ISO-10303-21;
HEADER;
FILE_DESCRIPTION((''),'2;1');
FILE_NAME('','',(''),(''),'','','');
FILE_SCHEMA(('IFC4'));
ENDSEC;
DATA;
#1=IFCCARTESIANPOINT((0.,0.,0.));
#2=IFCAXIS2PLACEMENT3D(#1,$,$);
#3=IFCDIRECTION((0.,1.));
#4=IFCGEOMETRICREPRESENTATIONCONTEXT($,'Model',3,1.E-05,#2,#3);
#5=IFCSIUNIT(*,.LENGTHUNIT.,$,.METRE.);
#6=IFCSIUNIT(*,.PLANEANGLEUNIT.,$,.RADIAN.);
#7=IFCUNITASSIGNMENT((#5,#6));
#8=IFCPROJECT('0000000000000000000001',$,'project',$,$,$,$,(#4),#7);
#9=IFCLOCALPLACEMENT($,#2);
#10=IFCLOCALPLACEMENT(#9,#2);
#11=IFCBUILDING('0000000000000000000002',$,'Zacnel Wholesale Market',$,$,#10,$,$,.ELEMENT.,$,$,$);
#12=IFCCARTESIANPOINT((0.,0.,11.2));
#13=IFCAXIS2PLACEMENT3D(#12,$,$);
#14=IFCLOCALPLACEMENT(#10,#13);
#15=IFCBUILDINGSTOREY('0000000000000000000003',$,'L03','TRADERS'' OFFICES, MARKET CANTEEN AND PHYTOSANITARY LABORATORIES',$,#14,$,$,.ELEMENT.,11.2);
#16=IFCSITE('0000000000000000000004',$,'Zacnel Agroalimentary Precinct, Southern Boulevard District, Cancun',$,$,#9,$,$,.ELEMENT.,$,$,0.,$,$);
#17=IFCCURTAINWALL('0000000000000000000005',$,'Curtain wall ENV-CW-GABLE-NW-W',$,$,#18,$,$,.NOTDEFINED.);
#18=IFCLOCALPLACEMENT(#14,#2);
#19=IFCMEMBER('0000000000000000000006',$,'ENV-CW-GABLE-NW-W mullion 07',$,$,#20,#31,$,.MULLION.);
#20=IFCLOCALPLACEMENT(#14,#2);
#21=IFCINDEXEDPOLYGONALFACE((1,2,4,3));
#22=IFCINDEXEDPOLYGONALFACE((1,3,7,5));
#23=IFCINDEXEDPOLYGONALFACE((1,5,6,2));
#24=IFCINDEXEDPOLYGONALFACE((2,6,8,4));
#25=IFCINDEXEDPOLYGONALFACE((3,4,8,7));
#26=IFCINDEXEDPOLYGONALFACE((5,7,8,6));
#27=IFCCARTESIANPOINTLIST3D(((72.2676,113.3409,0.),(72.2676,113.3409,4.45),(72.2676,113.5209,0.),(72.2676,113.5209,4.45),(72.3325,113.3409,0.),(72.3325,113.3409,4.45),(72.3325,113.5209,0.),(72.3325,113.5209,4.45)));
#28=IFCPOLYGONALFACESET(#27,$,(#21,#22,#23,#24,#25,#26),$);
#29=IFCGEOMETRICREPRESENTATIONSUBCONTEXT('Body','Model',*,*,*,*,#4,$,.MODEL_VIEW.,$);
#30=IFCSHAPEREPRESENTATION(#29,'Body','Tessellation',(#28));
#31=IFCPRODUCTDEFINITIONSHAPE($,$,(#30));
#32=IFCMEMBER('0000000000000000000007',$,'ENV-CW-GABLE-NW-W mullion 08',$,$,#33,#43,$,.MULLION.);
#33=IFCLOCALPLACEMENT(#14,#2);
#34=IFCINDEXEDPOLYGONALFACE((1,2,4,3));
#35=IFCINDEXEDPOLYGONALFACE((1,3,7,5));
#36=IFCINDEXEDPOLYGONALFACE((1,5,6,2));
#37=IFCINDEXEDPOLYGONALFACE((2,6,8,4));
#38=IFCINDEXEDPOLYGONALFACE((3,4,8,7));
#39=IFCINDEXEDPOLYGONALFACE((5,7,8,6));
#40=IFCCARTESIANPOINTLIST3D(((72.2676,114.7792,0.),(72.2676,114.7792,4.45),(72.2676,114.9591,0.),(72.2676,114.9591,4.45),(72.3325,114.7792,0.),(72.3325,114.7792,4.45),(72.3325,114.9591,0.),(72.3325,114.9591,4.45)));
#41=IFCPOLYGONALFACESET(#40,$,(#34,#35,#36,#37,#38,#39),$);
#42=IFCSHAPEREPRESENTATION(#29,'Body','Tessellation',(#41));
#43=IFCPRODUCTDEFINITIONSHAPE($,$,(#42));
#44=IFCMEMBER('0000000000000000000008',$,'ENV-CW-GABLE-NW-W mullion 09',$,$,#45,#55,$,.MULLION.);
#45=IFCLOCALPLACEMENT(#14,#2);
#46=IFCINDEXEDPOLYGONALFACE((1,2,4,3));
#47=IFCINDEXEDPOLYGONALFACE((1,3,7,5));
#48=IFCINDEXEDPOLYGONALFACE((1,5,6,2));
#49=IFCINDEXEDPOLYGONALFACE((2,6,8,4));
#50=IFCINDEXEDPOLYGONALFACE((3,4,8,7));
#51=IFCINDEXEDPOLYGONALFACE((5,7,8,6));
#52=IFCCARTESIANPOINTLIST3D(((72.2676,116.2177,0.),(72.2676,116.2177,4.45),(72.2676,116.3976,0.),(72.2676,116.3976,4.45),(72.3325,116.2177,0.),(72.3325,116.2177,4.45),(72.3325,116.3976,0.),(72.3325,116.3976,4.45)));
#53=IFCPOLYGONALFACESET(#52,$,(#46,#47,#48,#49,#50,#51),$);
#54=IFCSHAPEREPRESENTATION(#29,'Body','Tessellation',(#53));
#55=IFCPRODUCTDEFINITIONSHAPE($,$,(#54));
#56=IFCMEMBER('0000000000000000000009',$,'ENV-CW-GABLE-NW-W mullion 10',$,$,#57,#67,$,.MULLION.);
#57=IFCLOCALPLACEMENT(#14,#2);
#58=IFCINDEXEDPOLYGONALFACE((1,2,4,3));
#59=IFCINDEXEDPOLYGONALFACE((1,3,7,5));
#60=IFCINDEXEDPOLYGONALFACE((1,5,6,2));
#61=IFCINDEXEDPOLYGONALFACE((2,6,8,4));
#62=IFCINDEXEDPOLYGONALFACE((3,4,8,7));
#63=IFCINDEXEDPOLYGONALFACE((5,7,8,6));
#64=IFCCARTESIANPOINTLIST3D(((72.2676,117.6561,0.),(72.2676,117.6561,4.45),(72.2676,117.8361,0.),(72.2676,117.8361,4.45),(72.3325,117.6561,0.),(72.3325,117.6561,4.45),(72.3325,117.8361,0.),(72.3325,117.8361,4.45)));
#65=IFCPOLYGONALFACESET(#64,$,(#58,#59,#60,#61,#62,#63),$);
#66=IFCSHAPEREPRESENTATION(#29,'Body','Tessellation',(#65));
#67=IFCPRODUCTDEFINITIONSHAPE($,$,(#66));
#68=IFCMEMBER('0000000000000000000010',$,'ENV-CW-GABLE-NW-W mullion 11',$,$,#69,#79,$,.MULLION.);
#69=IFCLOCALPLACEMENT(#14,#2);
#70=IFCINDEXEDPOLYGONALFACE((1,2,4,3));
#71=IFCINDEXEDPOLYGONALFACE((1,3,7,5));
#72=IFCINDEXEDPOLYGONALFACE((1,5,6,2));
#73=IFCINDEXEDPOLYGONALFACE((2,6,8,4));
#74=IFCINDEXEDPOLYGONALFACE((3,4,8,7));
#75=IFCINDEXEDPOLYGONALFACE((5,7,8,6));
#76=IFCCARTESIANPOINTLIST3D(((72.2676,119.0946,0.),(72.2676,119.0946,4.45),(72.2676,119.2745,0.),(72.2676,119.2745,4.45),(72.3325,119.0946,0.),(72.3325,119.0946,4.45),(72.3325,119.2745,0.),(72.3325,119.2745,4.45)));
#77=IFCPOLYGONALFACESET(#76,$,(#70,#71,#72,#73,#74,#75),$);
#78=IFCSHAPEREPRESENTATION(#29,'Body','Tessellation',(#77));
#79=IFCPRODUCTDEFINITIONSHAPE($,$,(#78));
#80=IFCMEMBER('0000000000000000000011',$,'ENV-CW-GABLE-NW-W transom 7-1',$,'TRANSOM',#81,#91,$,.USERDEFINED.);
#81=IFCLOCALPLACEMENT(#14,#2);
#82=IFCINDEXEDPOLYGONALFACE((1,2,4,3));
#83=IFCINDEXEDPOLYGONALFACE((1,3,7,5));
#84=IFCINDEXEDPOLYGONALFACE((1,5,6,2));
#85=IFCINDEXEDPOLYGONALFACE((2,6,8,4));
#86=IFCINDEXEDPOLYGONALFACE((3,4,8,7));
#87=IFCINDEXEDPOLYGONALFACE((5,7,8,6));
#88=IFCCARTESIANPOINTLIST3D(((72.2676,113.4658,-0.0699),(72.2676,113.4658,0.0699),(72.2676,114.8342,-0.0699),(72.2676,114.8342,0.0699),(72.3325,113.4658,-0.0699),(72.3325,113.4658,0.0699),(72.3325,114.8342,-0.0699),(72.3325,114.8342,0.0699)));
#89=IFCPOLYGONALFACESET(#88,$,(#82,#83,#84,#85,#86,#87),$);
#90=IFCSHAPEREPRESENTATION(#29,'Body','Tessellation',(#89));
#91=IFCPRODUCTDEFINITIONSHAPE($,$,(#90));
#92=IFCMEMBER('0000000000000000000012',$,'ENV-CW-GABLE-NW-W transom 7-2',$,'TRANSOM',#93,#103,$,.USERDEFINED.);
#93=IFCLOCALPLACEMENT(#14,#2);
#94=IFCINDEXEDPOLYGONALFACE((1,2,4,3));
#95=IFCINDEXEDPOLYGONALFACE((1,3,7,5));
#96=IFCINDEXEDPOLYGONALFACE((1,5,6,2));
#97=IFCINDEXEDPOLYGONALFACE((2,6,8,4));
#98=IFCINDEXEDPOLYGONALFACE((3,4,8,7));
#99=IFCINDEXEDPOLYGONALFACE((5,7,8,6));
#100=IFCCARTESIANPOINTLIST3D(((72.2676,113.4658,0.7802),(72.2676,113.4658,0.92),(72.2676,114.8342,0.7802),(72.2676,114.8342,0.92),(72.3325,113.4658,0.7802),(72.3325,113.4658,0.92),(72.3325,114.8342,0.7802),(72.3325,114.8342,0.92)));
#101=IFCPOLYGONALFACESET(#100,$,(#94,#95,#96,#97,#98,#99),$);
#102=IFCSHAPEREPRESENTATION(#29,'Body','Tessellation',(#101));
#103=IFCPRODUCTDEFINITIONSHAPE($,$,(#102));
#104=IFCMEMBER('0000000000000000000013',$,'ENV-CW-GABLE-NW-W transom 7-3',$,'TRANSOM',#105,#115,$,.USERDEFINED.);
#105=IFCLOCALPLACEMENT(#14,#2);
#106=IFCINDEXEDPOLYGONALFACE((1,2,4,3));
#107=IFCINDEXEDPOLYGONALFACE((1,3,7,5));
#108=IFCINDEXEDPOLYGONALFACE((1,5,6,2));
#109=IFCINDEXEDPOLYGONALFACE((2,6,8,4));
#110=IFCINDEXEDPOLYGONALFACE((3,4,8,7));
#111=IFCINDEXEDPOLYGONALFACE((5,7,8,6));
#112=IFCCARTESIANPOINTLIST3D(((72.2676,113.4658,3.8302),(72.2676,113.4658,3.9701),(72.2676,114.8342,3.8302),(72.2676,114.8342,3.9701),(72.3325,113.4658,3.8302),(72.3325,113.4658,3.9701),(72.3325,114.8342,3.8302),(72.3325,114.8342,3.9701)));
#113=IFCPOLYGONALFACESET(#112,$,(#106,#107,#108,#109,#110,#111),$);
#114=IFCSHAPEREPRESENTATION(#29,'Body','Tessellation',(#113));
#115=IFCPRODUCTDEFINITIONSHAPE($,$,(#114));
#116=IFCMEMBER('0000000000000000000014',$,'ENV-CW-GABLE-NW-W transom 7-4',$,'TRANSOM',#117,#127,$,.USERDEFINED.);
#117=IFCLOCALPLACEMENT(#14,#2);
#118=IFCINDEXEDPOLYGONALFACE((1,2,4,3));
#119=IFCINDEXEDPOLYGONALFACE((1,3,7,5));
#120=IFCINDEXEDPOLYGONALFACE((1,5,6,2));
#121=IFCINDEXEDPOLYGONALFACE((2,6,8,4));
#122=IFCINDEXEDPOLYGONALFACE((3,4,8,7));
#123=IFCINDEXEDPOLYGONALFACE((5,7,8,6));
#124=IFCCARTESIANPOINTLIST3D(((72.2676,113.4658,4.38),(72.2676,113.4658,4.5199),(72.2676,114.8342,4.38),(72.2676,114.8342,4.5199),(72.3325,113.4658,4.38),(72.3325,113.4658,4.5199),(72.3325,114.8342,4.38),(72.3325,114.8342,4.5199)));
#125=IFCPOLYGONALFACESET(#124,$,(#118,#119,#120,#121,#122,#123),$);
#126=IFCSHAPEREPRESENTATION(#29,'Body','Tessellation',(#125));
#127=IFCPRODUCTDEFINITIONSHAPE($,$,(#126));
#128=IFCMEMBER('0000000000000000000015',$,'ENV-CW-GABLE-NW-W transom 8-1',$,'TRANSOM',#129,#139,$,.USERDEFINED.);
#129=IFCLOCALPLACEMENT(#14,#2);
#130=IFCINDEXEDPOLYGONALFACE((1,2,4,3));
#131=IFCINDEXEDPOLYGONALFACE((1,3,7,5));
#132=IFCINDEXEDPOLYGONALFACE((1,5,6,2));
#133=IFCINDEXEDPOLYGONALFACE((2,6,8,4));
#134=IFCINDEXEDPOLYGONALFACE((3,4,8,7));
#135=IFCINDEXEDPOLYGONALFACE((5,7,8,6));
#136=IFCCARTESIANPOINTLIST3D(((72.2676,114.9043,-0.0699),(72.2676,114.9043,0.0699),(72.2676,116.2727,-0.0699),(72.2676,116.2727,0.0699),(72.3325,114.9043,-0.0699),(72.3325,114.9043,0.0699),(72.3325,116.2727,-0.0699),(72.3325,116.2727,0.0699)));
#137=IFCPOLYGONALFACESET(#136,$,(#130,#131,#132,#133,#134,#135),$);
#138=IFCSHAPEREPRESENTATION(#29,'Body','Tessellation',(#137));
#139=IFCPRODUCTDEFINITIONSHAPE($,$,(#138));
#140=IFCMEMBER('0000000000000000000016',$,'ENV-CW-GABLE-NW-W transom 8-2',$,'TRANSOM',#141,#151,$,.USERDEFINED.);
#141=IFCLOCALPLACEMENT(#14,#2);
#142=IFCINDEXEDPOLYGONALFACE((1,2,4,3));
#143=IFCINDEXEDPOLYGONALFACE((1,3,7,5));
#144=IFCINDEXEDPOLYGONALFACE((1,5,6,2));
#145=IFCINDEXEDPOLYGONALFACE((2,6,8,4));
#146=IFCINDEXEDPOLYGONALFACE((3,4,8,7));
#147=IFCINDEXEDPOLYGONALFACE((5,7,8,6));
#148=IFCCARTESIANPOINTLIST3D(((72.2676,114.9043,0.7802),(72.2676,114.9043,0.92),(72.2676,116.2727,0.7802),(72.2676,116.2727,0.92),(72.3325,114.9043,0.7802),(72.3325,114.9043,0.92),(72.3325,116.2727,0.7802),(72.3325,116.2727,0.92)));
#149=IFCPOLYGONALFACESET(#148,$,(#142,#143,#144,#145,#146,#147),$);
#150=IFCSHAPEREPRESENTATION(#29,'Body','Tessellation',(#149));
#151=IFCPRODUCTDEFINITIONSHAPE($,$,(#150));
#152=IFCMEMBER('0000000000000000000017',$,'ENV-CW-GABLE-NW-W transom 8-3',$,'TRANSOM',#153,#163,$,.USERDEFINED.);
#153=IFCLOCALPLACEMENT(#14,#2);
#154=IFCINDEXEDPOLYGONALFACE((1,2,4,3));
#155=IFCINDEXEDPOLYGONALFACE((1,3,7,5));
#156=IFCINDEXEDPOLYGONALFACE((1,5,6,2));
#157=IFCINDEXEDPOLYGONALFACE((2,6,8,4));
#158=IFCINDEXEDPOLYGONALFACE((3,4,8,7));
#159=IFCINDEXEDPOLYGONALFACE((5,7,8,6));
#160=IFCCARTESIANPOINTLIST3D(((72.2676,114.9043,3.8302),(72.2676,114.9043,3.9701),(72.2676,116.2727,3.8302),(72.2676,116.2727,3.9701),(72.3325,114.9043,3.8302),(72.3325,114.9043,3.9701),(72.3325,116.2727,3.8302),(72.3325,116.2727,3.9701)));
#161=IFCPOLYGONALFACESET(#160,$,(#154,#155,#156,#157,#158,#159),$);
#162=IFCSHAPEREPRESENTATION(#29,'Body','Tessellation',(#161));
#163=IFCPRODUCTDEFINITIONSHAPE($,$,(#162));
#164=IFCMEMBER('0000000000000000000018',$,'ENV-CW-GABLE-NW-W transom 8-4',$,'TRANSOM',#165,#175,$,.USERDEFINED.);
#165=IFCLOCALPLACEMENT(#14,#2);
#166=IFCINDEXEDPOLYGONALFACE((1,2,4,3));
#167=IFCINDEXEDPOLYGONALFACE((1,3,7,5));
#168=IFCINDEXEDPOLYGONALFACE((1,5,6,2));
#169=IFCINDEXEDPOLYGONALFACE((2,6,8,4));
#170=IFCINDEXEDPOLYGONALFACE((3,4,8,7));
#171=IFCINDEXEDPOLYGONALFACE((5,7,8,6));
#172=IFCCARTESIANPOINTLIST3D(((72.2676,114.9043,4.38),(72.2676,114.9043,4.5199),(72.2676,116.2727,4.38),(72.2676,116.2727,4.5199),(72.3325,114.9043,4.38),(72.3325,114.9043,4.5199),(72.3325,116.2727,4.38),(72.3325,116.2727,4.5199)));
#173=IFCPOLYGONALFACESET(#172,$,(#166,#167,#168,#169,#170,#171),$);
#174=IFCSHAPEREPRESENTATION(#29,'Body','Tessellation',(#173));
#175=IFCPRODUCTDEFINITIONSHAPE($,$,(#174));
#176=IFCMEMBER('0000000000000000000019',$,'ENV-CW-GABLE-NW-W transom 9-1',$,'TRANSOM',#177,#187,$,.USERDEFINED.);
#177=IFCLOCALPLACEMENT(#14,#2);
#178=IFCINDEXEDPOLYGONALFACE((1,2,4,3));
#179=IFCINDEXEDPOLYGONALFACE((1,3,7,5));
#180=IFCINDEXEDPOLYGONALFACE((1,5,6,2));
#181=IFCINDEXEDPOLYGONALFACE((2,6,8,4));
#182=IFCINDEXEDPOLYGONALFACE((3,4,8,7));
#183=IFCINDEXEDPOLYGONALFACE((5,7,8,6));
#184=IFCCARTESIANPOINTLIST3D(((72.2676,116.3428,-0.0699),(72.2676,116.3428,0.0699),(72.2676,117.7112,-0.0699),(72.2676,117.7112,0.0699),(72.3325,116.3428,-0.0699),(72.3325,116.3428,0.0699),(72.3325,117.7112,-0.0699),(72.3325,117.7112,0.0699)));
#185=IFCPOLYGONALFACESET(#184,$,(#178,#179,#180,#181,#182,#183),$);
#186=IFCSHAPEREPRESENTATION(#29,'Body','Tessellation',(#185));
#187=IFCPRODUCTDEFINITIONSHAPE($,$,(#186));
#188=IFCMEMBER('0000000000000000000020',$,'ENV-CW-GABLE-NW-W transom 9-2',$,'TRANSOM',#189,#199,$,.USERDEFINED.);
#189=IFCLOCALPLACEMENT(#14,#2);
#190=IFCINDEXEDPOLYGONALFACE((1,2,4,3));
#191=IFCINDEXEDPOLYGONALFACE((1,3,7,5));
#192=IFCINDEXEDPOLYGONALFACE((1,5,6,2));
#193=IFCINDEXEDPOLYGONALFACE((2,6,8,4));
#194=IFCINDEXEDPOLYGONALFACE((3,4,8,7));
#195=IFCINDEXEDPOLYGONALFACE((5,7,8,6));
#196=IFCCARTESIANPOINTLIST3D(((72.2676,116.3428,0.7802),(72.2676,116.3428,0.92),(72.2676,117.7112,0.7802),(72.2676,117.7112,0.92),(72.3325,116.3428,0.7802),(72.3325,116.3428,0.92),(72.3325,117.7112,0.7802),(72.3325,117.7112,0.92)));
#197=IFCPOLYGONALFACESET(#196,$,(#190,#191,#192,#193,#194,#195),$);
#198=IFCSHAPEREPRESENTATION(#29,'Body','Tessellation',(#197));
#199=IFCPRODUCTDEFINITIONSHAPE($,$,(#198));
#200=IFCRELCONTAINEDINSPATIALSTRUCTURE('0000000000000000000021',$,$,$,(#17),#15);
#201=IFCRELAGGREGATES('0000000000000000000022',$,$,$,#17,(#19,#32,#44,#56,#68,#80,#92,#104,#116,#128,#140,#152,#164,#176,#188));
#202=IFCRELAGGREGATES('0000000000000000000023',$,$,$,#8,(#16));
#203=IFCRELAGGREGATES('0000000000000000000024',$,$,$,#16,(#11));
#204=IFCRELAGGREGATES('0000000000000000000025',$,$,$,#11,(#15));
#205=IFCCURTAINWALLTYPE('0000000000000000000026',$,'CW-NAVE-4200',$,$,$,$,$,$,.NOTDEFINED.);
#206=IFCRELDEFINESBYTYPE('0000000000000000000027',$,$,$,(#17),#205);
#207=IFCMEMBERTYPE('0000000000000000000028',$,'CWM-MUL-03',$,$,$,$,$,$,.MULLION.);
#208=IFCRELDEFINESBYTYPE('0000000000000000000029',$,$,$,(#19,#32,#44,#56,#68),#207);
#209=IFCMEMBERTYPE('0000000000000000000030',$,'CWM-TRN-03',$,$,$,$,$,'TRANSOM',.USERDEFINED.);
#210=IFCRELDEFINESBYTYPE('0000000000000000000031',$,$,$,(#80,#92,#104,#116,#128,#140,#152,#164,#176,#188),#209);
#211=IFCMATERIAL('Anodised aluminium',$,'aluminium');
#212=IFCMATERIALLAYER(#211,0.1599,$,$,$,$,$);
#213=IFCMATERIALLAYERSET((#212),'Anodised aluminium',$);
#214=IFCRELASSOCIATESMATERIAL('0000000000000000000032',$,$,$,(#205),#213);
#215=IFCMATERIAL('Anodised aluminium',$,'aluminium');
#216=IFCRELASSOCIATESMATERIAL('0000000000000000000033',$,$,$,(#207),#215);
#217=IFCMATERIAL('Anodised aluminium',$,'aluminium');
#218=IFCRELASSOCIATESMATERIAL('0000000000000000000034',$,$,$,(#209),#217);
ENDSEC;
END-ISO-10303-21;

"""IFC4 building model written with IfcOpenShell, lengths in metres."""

from ifc_helpers import new_model, si_unit, direction, frame, origin, origin_2d, place, context, subcontext, project, spatial, rectangle, extrude, material, layer, layer_set, material_profile, profile_set, type_object, element, aggregate, save


model = new_model("IFC4")

# Units and contexts
model_context = context("Model", 3, precision=1e-05, world=origin(), true_north=direction((0.0, 1.0)))
body_context = subcontext(model_context, "Body", "Model", "MODEL_VIEW")
ifc_project = project(units=[si_unit("LENGTHUNIT", "METRE"), si_unit("PLANEANGLEUNIT", "RADIAN")], contexts=[model_context])

# Site, building, storey
site_placement = place(None, origin())
site = spatial("IfcSite", under=ifc_project, at=site_placement, Name="Zacnel Agroalimentary Precinct, Southern Boulevard District, Cancun", CompositionType="ELEMENT", RefElevation=0.0)
building_placement = place(site_placement, origin())
building = spatial("IfcBuilding", under=site, at=building_placement, Name="Zacnel Wholesale Market", CompositionType="ELEMENT")
storey_placement = place(building_placement, frame((0.0, 0.0, 11.2)))
storey = spatial("IfcBuildingStorey", under=building, at=storey_placement, Name="L03", Description="TRADERS' OFFICES, MARKET CANTEEN AND PHYTOSANITARY LABORATORIES", CompositionType="ELEMENT", Elevation=11.2)

# Curtain wall, members
ifc_material_1 = material(Name="Anodised aluminium", Category="aluminium")
ifc_layer_1 = layer(ifc_material_1, 0.1599)
ifc_layer_set_1 = layer_set([ifc_layer_1], Name="Anodised aluminium")
curtain_wall_type = type_object("IfcCurtainWallType", Name="CW-NAVE-4200", PredefinedType="NOTDEFINED", material=ifc_layer_set_1)
curtain_wall_placement = place(storey_placement, origin())
curtain_wall = element("IfcCurtainWall", 1, at=curtain_wall_placement, inside=storey, type_object=curtain_wall_type, Name="Curtain wall ENV-CW-GABLE-NW-W", PredefinedType="NOTDEFINED")
ifc_material_2 = material(Name="Anodised aluminium", Category="aluminium")
ifc_material_profile_1 = material_profile(ifc_material_2, rectangle(XDim=0.0649, YDim=0.1799, at=origin_2d()), Name="AW-MULLION 65x180")
ifc_profile_set_1 = profile_set([ifc_material_profile_1], Name="Anodised aluminium")
member_type_1 = type_object("IfcMemberType", Name="CWM-MUL-03", PredefinedType="MULLION", material=ifc_profile_set_1)
member_1_placement = place(storey_placement, frame((72.3, 113.4309, 0.0), z_axis=(0.0, 0.0, 1.0), x_axis=(1.0, 0.0, 0.0)))
member_1 = element("IfcMember", 2, at=member_1_placement, type_object=member_type_1, Name="ENV-CW-GABLE-NW-W mullion 07", PredefinedType="MULLION", context=body_context, shape_type="SweptSolid", body=[
    extrude(rectangle(XDim=0.0649, YDim=0.1799, at=origin_2d()), origin(), (0.0, 0.0, 1.0), 4.45),
])
member_2_placement = place(storey_placement, frame((72.3, 114.8691, 0.0), z_axis=(0.0, 0.0, 1.0), x_axis=(1.0, 0.0, 0.0)))
member_2 = element("IfcMember", 3, at=member_2_placement, type_object=member_type_1, Name="ENV-CW-GABLE-NW-W mullion 08", PredefinedType="MULLION", context=body_context, shape_type="SweptSolid", body=[
    extrude(rectangle(XDim=0.0649, YDim=0.1799, at=origin_2d()), origin(), (0.0, 0.0, 1.0), 4.45),
])
member_3_placement = place(storey_placement, frame((72.3, 116.3076, 0.0), z_axis=(0.0, 0.0, 1.0), x_axis=(1.0, 0.0, 0.0)))
member_3 = element("IfcMember", 4, at=member_3_placement, type_object=member_type_1, Name="ENV-CW-GABLE-NW-W mullion 09", PredefinedType="MULLION", context=body_context, shape_type="SweptSolid", body=[
    extrude(rectangle(XDim=0.0649, YDim=0.1799, at=origin_2d()), origin(), (0.0, 0.0, 1.0), 4.45),
])
member_4_placement = place(storey_placement, frame((72.3, 117.7461, 0.0), z_axis=(0.0, 0.0, 1.0), x_axis=(1.0, 0.0, 0.0)))
member_4 = element("IfcMember", 5, at=member_4_placement, type_object=member_type_1, Name="ENV-CW-GABLE-NW-W mullion 10", PredefinedType="MULLION", context=body_context, shape_type="SweptSolid", body=[
    extrude(rectangle(XDim=0.0649, YDim=0.1799, at=origin_2d()), origin(), (0.0, 0.0, 1.0), 4.45),
])
member_5_placement = place(storey_placement, frame((72.3, 119.1846, 0.0), z_axis=(0.0, 0.0, 1.0), x_axis=(1.0, 0.0, 0.0)))
member_5 = element("IfcMember", 6, at=member_5_placement, type_object=member_type_1, Name="ENV-CW-GABLE-NW-W mullion 11", PredefinedType="MULLION", context=body_context, shape_type="SweptSolid", body=[
    extrude(rectangle(XDim=0.0649, YDim=0.1799, at=origin_2d()), origin(), (0.0, 0.0, 1.0), 4.45),
])
ifc_material_3 = material(Name="Anodised aluminium", Category="aluminium")
ifc_material_profile_2 = material_profile(ifc_material_3, rectangle(XDim=0.0649, YDim=0.1399, at=origin_2d()), Name="AW-TRANSOM 65x140")
ifc_profile_set_2 = profile_set([ifc_material_profile_2], Name="Anodised aluminium")
member_type_2 = type_object("IfcMemberType", Name="CWM-TRN-03", ElementType="TRANSOM", PredefinedType="USERDEFINED", material=ifc_profile_set_2)
member_6_placement = place(storey_placement, frame((72.3, 113.4658, 0.0), z_axis=(0.0, 1.0, 0.0), x_axis=(-1.0, 0.0, 0.0)))
member_6 = element("IfcMember", 7, at=member_6_placement, type_object=member_type_2, Name="ENV-CW-GABLE-NW-W transom 7-1", ObjectType="TRANSOM", PredefinedType="USERDEFINED", context=body_context, shape_type="SweptSolid", body=[
    extrude(rectangle(XDim=0.0649, YDim=0.1399, at=origin_2d()), origin(), (0.0, 0.0, 1.0), 1.3684),
])
member_7_placement = place(storey_placement, frame((72.3, 113.4658, 0.8501), z_axis=(0.0, 1.0, 0.0), x_axis=(-1.0, 0.0, 0.0)))
member_7 = element("IfcMember", 8, at=member_7_placement, type_object=member_type_2, Name="ENV-CW-GABLE-NW-W transom 7-2", ObjectType="TRANSOM", PredefinedType="USERDEFINED", context=body_context, shape_type="SweptSolid", body=[
    extrude(rectangle(XDim=0.0649, YDim=0.1399, at=origin_2d()), origin(), (0.0, 0.0, 1.0), 1.3684),
])
member_8_placement = place(storey_placement, frame((72.3, 113.4658, 3.9001), z_axis=(0.0, 1.0, 0.0), x_axis=(-1.0, 0.0, 0.0)))
member_8 = element("IfcMember", 9, at=member_8_placement, type_object=member_type_2, Name="ENV-CW-GABLE-NW-W transom 7-3", ObjectType="TRANSOM", PredefinedType="USERDEFINED", context=body_context, shape_type="SweptSolid", body=[
    extrude(rectangle(XDim=0.0649, YDim=0.1399, at=origin_2d()), origin(), (0.0, 0.0, 1.0), 1.3684),
])
member_9_placement = place(storey_placement, frame((72.3, 113.4658, 4.45), z_axis=(0.0, 1.0, 0.0), x_axis=(-1.0, 0.0, 0.0)))
member_9 = element("IfcMember", 10, at=member_9_placement, type_object=member_type_2, Name="ENV-CW-GABLE-NW-W transom 7-4", ObjectType="TRANSOM", PredefinedType="USERDEFINED", context=body_context, shape_type="SweptSolid", body=[
    extrude(rectangle(XDim=0.0649, YDim=0.1399, at=origin_2d()), origin(), (0.0, 0.0, 1.0), 1.3684),
])
member_10_placement = place(storey_placement, frame((72.3, 114.9043, 0.0), z_axis=(0.0, 1.0, 0.0), x_axis=(-1.0, 0.0, 0.0)))
member_10 = element("IfcMember", 11, at=member_10_placement, type_object=member_type_2, Name="ENV-CW-GABLE-NW-W transom 8-1", ObjectType="TRANSOM", PredefinedType="USERDEFINED", context=body_context, shape_type="SweptSolid", body=[
    extrude(rectangle(XDim=0.0649, YDim=0.1399, at=origin_2d()), origin(), (0.0, 0.0, 1.0), 1.3684),
])
member_11_placement = place(storey_placement, frame((72.3, 114.9043, 0.8501), z_axis=(0.0, 1.0, 0.0), x_axis=(-1.0, 0.0, 0.0)))
member_11 = element("IfcMember", 12, at=member_11_placement, type_object=member_type_2, Name="ENV-CW-GABLE-NW-W transom 8-2", ObjectType="TRANSOM", PredefinedType="USERDEFINED", context=body_context, shape_type="SweptSolid", body=[
    extrude(rectangle(XDim=0.0649, YDim=0.1399, at=origin_2d()), origin(), (0.0, 0.0, 1.0), 1.3684),
])
member_12_placement = place(storey_placement, frame((72.3, 114.9043, 3.9001), z_axis=(0.0, 1.0, 0.0), x_axis=(-1.0, 0.0, 0.0)))
member_12 = element("IfcMember", 13, at=member_12_placement, type_object=member_type_2, Name="ENV-CW-GABLE-NW-W transom 8-3", ObjectType="TRANSOM", PredefinedType="USERDEFINED", context=body_context, shape_type="SweptSolid", body=[
    extrude(rectangle(XDim=0.0649, YDim=0.1399, at=origin_2d()), origin(), (0.0, 0.0, 1.0), 1.3684),
])
member_13_placement = place(storey_placement, frame((72.3, 114.9043, 4.45), z_axis=(0.0, 1.0, 0.0), x_axis=(-1.0, 0.0, 0.0)))
member_13 = element("IfcMember", 14, at=member_13_placement, type_object=member_type_2, Name="ENV-CW-GABLE-NW-W transom 8-4", ObjectType="TRANSOM", PredefinedType="USERDEFINED", context=body_context, shape_type="SweptSolid", body=[
    extrude(rectangle(XDim=0.0649, YDim=0.1399, at=origin_2d()), origin(), (0.0, 0.0, 1.0), 1.3684),
])
member_14_placement = place(storey_placement, frame((72.3, 116.3428, 0.0), z_axis=(0.0, 1.0, 0.0), x_axis=(-1.0, 0.0, 0.0)))
member_14 = element("IfcMember", 15, at=member_14_placement, type_object=member_type_2, Name="ENV-CW-GABLE-NW-W transom 9-1", ObjectType="TRANSOM", PredefinedType="USERDEFINED", context=body_context, shape_type="SweptSolid", body=[
    extrude(rectangle(XDim=0.0649, YDim=0.1399, at=origin_2d()), origin(), (0.0, 0.0, 1.0), 1.3684),
])
member_15_placement = place(storey_placement, frame((72.3, 116.3428, 0.8501), z_axis=(0.0, 1.0, 0.0), x_axis=(-1.0, 0.0, 0.0)))
member_15 = element("IfcMember", 16, at=member_15_placement, type_object=member_type_2, Name="ENV-CW-GABLE-NW-W transom 9-2", ObjectType="TRANSOM", PredefinedType="USERDEFINED", context=body_context, shape_type="SweptSolid", body=[
    extrude(rectangle(XDim=0.0649, YDim=0.1399, at=origin_2d()), origin(), (0.0, 0.0, 1.0), 1.3684),
])
aggregate(curtain_wall, [member_1, member_2, member_3, member_4, member_5, member_6, member_7, member_8, member_9, member_10, member_11, member_12, member_13, member_14, member_15])

save(model, "model.ifc")
